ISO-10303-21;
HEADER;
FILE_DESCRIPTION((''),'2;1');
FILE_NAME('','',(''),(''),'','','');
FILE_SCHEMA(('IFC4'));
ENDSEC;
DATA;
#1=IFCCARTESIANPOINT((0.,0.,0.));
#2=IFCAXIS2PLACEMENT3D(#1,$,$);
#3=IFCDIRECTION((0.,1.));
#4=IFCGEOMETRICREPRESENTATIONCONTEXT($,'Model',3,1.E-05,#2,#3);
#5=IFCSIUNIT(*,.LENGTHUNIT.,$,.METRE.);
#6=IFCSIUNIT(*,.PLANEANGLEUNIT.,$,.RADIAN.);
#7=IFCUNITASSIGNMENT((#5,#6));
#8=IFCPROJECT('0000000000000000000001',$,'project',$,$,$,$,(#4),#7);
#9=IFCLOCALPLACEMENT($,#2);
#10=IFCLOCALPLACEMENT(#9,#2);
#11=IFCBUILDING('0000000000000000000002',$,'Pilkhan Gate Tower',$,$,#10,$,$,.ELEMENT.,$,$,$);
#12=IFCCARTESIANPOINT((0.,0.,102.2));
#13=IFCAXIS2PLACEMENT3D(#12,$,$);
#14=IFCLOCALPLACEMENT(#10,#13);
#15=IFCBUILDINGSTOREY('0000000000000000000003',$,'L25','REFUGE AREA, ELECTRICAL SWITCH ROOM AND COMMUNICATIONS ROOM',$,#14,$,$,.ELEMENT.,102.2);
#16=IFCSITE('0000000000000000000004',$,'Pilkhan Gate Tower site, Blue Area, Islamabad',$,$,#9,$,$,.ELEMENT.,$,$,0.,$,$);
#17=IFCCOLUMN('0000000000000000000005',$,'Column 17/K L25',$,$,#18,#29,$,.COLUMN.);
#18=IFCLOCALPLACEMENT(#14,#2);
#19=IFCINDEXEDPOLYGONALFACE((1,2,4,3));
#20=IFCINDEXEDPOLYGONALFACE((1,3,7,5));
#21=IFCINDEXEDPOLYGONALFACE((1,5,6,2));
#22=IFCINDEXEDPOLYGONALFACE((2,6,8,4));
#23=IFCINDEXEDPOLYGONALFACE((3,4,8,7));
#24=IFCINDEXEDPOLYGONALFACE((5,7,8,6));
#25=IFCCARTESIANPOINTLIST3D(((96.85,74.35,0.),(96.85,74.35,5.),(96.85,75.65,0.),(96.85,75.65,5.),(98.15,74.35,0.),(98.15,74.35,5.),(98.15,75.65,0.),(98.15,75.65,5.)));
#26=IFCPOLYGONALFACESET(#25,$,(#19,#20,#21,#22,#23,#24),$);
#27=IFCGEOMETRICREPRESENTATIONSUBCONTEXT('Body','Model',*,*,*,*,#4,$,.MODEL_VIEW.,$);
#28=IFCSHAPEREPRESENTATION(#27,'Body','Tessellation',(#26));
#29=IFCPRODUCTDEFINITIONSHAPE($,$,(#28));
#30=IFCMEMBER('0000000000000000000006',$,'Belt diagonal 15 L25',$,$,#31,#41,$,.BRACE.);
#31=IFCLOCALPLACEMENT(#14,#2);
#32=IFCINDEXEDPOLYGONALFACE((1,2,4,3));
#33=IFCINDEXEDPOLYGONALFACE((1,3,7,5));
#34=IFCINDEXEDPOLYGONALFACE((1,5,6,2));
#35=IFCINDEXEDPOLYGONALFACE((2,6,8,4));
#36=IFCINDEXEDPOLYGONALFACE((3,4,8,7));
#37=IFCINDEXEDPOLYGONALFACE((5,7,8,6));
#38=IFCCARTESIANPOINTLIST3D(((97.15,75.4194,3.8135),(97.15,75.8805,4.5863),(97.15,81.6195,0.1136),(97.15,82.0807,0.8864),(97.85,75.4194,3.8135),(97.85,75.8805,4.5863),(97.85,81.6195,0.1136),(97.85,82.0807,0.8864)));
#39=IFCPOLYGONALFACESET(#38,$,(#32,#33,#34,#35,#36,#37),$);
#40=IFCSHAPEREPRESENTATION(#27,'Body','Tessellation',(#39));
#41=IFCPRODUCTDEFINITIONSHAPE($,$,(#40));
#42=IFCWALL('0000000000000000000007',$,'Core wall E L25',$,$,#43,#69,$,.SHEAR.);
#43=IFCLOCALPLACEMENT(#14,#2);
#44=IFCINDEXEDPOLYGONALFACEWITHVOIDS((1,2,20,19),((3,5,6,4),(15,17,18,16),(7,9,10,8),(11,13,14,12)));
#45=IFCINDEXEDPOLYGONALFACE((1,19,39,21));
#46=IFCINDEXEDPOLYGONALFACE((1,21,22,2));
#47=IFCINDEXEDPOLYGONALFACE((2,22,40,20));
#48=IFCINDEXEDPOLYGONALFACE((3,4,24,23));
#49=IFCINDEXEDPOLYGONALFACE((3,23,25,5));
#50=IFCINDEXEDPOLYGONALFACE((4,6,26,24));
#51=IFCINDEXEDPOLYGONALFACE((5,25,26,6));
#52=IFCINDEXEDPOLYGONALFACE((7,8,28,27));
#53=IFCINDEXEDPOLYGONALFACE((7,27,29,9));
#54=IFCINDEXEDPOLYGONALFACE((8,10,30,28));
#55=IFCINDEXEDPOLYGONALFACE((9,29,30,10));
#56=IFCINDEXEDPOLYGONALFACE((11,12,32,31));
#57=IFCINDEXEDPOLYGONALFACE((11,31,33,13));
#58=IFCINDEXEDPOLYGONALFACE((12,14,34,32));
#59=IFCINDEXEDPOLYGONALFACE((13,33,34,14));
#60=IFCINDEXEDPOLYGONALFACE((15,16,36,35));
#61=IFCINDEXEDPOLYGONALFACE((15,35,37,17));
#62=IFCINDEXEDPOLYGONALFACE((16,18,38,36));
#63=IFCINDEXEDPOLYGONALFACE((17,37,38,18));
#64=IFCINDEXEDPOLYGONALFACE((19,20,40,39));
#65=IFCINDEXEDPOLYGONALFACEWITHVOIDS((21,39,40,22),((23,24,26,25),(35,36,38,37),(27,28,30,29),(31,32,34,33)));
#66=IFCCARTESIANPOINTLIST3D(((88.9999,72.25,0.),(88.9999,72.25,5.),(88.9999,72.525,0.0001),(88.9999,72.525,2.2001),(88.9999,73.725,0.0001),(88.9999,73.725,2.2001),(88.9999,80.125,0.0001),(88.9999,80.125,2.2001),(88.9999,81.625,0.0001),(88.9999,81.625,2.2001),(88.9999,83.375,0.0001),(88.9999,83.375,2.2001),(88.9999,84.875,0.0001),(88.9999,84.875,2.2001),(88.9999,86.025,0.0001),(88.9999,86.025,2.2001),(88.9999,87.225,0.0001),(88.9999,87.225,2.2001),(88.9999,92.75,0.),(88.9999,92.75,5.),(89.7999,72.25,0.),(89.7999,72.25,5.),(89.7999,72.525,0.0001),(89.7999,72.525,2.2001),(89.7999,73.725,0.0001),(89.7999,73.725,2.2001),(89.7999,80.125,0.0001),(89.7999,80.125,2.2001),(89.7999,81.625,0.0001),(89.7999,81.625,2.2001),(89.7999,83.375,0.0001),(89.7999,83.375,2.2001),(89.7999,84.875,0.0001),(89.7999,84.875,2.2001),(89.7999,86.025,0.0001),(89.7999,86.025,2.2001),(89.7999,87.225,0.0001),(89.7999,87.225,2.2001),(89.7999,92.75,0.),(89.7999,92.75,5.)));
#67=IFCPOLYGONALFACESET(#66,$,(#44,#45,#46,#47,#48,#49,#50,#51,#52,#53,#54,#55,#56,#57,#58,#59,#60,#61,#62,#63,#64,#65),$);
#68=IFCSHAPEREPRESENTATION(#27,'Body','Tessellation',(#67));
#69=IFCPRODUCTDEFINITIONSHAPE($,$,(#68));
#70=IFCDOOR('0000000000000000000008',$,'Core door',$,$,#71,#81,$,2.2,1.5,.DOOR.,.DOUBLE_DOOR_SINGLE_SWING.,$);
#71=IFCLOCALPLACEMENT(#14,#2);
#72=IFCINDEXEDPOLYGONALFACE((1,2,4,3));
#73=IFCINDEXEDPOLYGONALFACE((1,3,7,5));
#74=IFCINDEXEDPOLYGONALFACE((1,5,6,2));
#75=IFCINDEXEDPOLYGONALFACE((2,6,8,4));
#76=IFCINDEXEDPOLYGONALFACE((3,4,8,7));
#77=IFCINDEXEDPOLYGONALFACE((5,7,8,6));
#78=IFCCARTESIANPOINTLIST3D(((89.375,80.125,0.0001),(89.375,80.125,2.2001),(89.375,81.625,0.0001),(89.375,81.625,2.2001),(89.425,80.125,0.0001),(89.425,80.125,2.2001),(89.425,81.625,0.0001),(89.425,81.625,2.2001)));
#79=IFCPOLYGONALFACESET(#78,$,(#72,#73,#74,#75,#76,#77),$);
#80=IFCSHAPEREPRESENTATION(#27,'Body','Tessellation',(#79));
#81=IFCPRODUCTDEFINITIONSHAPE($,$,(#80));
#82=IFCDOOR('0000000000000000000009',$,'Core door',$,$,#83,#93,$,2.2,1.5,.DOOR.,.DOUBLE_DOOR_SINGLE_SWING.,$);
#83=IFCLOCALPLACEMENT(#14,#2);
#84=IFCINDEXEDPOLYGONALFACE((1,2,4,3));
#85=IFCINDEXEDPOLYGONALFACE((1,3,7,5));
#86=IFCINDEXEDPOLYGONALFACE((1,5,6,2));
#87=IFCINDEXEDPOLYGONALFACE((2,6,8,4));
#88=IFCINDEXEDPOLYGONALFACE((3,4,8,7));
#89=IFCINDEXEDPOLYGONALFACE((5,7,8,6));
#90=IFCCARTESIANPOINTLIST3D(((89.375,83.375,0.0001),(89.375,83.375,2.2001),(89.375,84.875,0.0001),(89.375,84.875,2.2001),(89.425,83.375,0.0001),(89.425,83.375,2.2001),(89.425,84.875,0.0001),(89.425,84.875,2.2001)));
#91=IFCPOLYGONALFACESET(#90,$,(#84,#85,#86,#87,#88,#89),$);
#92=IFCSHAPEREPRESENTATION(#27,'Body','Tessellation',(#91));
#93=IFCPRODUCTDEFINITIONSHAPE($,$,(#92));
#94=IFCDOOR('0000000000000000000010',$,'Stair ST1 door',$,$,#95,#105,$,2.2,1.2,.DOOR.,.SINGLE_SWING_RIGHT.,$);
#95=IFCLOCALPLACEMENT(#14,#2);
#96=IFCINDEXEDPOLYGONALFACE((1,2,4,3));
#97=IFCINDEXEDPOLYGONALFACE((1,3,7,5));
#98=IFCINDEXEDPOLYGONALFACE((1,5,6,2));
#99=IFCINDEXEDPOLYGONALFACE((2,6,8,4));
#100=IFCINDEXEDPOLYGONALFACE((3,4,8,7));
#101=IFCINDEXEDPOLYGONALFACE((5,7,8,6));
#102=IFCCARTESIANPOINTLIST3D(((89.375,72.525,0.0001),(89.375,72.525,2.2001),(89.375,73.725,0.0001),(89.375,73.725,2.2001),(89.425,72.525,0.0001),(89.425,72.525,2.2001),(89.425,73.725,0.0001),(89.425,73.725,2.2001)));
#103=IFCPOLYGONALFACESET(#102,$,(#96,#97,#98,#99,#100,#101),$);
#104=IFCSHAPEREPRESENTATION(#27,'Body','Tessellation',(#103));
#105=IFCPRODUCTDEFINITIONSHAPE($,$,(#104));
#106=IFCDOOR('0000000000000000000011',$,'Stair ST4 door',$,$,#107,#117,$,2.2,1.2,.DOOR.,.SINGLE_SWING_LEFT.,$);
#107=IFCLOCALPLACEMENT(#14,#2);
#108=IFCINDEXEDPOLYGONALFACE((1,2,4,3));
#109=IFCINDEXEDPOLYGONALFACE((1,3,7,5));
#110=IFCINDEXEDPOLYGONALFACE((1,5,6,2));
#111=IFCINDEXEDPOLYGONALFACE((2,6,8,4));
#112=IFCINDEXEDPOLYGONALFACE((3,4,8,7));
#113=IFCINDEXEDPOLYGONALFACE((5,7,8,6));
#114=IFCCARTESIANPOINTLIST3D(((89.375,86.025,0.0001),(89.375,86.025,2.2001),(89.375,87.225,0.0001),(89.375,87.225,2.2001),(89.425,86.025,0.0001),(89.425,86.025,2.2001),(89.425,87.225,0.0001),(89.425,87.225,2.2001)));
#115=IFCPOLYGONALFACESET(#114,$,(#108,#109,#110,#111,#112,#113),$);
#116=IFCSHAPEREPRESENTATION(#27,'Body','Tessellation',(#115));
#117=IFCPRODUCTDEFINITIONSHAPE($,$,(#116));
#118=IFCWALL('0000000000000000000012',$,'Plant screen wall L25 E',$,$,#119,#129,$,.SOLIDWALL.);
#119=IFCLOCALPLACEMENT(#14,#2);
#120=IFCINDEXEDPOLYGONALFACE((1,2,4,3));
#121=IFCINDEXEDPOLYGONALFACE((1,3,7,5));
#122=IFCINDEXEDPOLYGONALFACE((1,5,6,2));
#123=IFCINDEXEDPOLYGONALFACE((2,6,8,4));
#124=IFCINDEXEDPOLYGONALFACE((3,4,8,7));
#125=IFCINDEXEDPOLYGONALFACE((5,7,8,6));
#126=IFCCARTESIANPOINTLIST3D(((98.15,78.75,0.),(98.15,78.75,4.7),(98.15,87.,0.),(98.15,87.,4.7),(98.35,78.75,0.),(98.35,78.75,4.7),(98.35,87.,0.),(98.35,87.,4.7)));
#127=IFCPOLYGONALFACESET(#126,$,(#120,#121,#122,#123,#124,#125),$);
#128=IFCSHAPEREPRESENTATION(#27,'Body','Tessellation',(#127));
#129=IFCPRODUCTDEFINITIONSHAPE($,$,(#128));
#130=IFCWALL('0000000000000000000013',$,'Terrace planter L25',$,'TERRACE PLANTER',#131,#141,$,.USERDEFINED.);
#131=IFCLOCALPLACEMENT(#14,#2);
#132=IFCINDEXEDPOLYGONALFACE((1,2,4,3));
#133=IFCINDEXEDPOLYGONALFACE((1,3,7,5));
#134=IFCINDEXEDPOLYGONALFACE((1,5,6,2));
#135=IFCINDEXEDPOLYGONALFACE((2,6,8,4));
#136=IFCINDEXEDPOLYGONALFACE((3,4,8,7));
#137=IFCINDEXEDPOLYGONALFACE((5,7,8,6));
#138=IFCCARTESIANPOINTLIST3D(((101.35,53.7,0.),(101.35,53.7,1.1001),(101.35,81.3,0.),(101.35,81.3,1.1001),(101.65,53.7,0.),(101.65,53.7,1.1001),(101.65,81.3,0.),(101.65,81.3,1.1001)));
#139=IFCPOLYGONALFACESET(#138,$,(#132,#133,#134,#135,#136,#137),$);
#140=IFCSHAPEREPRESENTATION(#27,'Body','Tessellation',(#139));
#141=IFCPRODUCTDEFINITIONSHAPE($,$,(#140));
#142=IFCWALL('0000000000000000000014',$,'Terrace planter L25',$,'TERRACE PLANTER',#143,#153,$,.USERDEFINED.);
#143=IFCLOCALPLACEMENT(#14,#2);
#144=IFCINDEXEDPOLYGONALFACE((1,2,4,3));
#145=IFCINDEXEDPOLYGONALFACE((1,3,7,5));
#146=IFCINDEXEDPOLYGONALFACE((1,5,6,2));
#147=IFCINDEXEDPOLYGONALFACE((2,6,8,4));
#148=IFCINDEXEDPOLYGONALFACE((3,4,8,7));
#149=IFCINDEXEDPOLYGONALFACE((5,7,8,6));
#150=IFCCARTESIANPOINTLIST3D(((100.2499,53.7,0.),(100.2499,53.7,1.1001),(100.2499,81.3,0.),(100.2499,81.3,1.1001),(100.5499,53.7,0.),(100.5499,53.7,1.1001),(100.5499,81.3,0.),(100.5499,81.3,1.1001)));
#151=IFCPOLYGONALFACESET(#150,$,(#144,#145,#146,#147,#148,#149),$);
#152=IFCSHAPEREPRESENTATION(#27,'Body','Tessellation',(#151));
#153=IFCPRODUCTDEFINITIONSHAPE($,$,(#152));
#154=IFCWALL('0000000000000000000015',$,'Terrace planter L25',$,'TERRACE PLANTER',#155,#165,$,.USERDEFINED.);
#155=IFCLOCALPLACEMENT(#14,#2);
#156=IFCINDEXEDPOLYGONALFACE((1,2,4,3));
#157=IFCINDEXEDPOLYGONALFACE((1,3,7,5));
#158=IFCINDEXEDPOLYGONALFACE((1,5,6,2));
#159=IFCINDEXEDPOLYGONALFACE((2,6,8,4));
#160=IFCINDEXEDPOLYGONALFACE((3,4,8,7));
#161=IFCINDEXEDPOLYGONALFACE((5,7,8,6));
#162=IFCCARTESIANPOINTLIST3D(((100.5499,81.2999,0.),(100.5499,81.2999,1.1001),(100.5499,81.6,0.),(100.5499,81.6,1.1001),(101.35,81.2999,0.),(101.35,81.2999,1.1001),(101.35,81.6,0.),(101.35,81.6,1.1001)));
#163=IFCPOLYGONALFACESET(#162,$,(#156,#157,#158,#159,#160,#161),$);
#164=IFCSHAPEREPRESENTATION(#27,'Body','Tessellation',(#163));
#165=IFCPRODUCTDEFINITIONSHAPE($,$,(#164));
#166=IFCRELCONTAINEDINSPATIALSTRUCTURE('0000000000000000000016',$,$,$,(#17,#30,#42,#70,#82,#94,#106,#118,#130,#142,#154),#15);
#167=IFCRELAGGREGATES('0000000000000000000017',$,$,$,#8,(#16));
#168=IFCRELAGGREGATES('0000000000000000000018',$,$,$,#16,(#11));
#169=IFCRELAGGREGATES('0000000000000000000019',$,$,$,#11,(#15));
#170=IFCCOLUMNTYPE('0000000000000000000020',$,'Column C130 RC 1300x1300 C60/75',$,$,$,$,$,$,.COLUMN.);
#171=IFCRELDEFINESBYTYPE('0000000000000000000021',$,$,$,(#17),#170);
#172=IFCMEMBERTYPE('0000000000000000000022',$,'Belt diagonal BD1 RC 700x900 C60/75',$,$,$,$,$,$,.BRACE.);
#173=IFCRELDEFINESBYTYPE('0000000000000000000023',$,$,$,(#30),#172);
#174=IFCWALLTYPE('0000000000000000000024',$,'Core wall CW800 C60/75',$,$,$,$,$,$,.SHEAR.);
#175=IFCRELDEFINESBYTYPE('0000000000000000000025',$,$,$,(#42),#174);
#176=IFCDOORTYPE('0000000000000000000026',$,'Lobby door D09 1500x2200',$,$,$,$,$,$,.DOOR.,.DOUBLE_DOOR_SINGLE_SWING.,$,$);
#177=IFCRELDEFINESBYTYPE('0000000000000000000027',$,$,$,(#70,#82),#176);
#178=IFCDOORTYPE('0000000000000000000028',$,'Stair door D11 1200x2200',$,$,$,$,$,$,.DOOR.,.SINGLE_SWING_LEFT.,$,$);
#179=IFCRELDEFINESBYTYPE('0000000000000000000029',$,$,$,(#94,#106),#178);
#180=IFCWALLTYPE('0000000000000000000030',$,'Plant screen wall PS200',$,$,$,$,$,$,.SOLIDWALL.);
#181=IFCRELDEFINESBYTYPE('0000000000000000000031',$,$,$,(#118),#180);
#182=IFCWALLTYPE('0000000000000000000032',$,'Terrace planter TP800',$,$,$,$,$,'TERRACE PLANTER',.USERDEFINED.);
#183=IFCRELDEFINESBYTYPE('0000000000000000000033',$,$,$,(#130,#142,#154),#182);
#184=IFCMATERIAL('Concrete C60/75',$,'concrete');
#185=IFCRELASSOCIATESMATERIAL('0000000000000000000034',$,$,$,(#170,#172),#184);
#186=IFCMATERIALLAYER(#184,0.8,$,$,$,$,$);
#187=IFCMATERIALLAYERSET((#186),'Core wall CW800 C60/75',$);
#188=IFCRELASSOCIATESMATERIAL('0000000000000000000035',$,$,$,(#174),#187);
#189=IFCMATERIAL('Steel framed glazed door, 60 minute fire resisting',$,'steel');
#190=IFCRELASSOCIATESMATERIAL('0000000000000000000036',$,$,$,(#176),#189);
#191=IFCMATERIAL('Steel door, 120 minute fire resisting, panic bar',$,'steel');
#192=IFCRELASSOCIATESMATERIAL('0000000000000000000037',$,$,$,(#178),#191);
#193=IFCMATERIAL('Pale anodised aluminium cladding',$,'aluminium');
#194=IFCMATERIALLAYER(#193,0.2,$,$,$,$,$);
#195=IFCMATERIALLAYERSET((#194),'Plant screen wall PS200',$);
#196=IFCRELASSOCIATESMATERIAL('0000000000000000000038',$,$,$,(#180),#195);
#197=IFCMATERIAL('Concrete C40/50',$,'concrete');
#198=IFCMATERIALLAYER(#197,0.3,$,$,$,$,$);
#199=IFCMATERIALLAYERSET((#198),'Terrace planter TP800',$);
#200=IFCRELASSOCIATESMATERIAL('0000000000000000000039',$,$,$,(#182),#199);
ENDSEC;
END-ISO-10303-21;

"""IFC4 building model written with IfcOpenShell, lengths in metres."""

from ifc_helpers import new_model, si_unit, direction, frame, frame_2d, origin, origin_2d, place, context, subcontext, project, spatial, rectangle, extrude, material, layer, layer_set, material_profile, profile_set, type_object, element, fill, save


model = new_model("IFC4")

# Units and contexts
model_context = context("Model", 3, precision=1e-05, world=origin(), true_north=direction((0.0, 1.0)))
body_context = subcontext(model_context, "Body", "Model", "MODEL_VIEW")
ifc_project = project(units=[si_unit("LENGTHUNIT", "METRE"), si_unit("PLANEANGLEUNIT", "RADIAN")], contexts=[model_context])

# Site, building, storey
site_placement = place(None, origin())
site = spatial("IfcSite", under=ifc_project, at=site_placement, Name="Pilkhan Gate Tower site, Blue Area, Islamabad", CompositionType="ELEMENT", RefElevation=0.0)
building_placement = place(site_placement, origin())
building = spatial("IfcBuilding", under=site, at=building_placement, Name="Pilkhan Gate Tower", CompositionType="ELEMENT")
storey_placement = place(building_placement, frame((0.0, 0.0, 102.2)))
storey = spatial("IfcBuildingStorey", under=building, at=storey_placement, Name="L25", Description="REFUGE AREA, ELECTRICAL SWITCH ROOM AND COMMUNICATIONS ROOM", CompositionType="ELEMENT", Elevation=102.2)

# Column
ifc_material_1 = material(Name="Concrete C60/75", Category="concrete")
ifc_material_profile_1 = material_profile(ifc_material_1, rectangle(XDim=1.3, YDim=1.3, at=origin_2d()), Name="RC 1300x1300")
ifc_profile_set_1 = profile_set([ifc_material_profile_1], Name="Concrete C60/75")
column_type = type_object("IfcColumnType", Name="Column C130 RC 1300x1300 C60/75", PredefinedType="COLUMN", material=ifc_profile_set_1)
column_placement = place(storey_placement, frame((97.5, 75.0, 0.0), z_axis=(0.0, 0.0, 1.0), x_axis=(1.0, 0.0, 0.0)))
element("IfcColumn", 1, at=column_placement, inside=storey, type_object=column_type, Name="Column 17/K L25", PredefinedType="COLUMN", context=body_context, shape_type="SweptSolid", body=[
    extrude(rectangle(XDim=1.3, YDim=1.3, at=origin_2d()), origin(), (0.0, 0.0, 1.0), 5.0),
])

# Member
ifc_material_profile_2 = material_profile(ifc_material_1, rectangle(XDim=0.7, YDim=0.8999, at=origin_2d()), Name="RC 700x900")
ifc_profile_set_2 = profile_set([ifc_material_profile_2], Name="Concrete C60/75")
member_type = type_object("IfcMemberType", Name="Belt diagonal BD1 RC 700x900 C60/75", PredefinedType="BRACE", material=ifc_profile_set_2)
member_placement = place(storey_placement, frame((97.5, 81.8501, 0.5), z_axis=(0.0, -0.858723, 0.512441), x_axis=(1.0, 0.0, 0.0)))
element("IfcMember", 2, at=member_placement, inside=storey, type_object=member_type, Name="Belt diagonal 15 L25", PredefinedType="BRACE", context=body_context, shape_type="SweptSolid", body=[
    extrude(rectangle(XDim=0.7, YDim=0.8999, at=origin_2d()), origin(), (0.0, 0.0, 1.0), 7.2202),
])

# Wall, openings, doors
ifc_layer_1 = layer(ifc_material_1, 0.8)
ifc_layer_set_1 = layer_set([ifc_layer_1], Name="Core wall CW800 C60/75")
wall_type_1 = type_object("IfcWallType", Name="Core wall CW800 C60/75", PredefinedType="SHEAR", material=ifc_layer_set_1)
wall_1_placement = place(storey_placement, frame((89.3999, 72.25, 0.0), z_axis=(0.0, 0.0, 1.0), x_axis=(0.0, 1.0, 0.0)))
wall_1 = element("IfcWall", 3, at=wall_1_placement, inside=storey, type_object=wall_type_1, Name="Core wall E L25", PredefinedType="SHEAR", context=body_context, shape_type="SweptSolid", body=[
    extrude(rectangle(XDim=20.5, YDim=0.8, at=frame_2d((10.25, 0.0))), origin(), (0.0, 0.0, 1.0), 5.0),
])
opening_1_placement = place(wall_1_placement, frame((0.2749, 0.0, 0.0)))
opening_1 = element("IfcOpeningElement", 4, at=opening_1_placement, cuts=wall_1, PredefinedType="OPENING", context=body_context, shape_type="SweptSolid", body=[
    extrude(rectangle(XDim=1.2, YDim=2.2, at=frame_2d((0.6001, 1.1001))), frame((0.0, 0.4099, 0.0), z_axis=(0.0, -1.0, 0.0), x_axis=(1.0, 0.0, 0.0)), (0.0, 0.0, 1.0), 0.8201),
])
opening_2_placement = place(wall_1_placement, frame((13.7749, 0.0, 0.0)))
opening_2 = element("IfcOpeningElement", 5, at=opening_2_placement, cuts=wall_1, PredefinedType="OPENING", context=body_context, shape_type="SweptSolid", body=[
    extrude(rectangle(XDim=1.2, YDim=2.2, at=frame_2d((0.6001, 1.1001))), frame((0.0, 0.4099, 0.0), z_axis=(0.0, -1.0, 0.0), x_axis=(1.0, 0.0, 0.0)), (0.0, 0.0, 1.0), 0.8201),
])
opening_3_placement = place(wall_1_placement, frame((7.875, 0.0, 0.0)))
opening_3 = element("IfcOpeningElement", 6, at=opening_3_placement, cuts=wall_1, PredefinedType="OPENING", context=body_context, shape_type="SweptSolid", body=[
    extrude(rectangle(XDim=1.5, YDim=2.2, at=frame_2d((0.75, 1.1001))), frame((0.0, 0.4099, 0.0), z_axis=(0.0, -1.0, 0.0), x_axis=(1.0, 0.0, 0.0)), (0.0, 0.0, 1.0), 0.8201),
])
opening_4_placement = place(wall_1_placement, frame((11.125, 0.0, 0.0)))
opening_4 = element("IfcOpeningElement", 7, at=opening_4_placement, cuts=wall_1, PredefinedType="OPENING", context=body_context, shape_type="SweptSolid", body=[
    extrude(rectangle(XDim=1.5, YDim=2.2, at=frame_2d((0.75, 1.1001))), frame((0.0, 0.4099, 0.0), z_axis=(0.0, -1.0, 0.0), x_axis=(1.0, 0.0, 0.0)), (0.0, 0.0, 1.0), 0.8201),
])
ifc_material_2 = material(Name="Steel framed glazed door, 60 minute fire resisting", Category="steel")
door_type_1 = type_object("IfcDoorType", Name="Lobby door D09 1500x2200", OperationType="DOUBLE_DOOR_SINGLE_SWING", PredefinedType="DOOR", material=ifc_material_2)
door_1_placement = place(opening_3_placement, origin())
door_1 = element("IfcDoor", 8, at=door_1_placement, inside=storey, type_object=door_type_1, Name="Core door", OperationType="DOUBLE_DOOR_SINGLE_SWING", OverallHeight=2.2, OverallWidth=1.5, PredefinedType="DOOR", context=body_context, shape_type="SweptSolid", body=[
    extrude(rectangle(XDim=1.5, YDim=2.2, at=frame_2d((0.75, 1.1001))), frame((0.0, 0.0249, 0.0), z_axis=(0.0, -1.0, 0.0), x_axis=(1.0, 0.0, 0.0)), (0.0, 0.0, 1.0), 0.05),
])
fill(opening_3, door_1)
door_2_placement = place(opening_4_placement, origin())
door_2 = element("IfcDoor", 9, at=door_2_placement, inside=storey, type_object=door_type_1, Name="Core door", OperationType="DOUBLE_DOOR_SINGLE_SWING", OverallHeight=2.2, OverallWidth=1.5, PredefinedType="DOOR", context=body_context, shape_type="SweptSolid", body=[
    extrude(rectangle(XDim=1.5, YDim=2.2, at=frame_2d((0.75, 1.1001))), frame((0.0, 0.0249, 0.0), z_axis=(0.0, -1.0, 0.0), x_axis=(1.0, 0.0, 0.0)), (0.0, 0.0, 1.0), 0.05),
])
fill(opening_4, door_2)
ifc_material_3 = material(Name="Steel door, 120 minute fire resisting, panic bar", Category="steel")
door_type_2 = type_object("IfcDoorType", Name="Stair door D11 1200x2200", OperationType="SINGLE_SWING_LEFT", PredefinedType="DOOR", material=ifc_material_3)
door_3_placement = place(opening_1_placement, origin())
door_3 = element("IfcDoor", 10, at=door_3_placement, inside=storey, type_object=door_type_2, Name="Stair ST1 door", OperationType="SINGLE_SWING_RIGHT", OverallHeight=2.2, OverallWidth=1.2, PredefinedType="DOOR", context=body_context, shape_type="SweptSolid", body=[
    extrude(rectangle(XDim=1.2, YDim=2.2, at=frame_2d((0.6001, 1.1001))), frame((0.0, 0.0249, 0.0), z_axis=(0.0, -1.0, 0.0), x_axis=(1.0, 0.0, 0.0)), (0.0, 0.0, 1.0), 0.05),
])
fill(opening_1, door_3)
door_4_placement = place(opening_2_placement, origin())
door_4 = element("IfcDoor", 11, at=door_4_placement, inside=storey, type_object=door_type_2, Name="Stair ST4 door", OperationType="SINGLE_SWING_LEFT", OverallHeight=2.2, OverallWidth=1.2, PredefinedType="DOOR", context=body_context, shape_type="SweptSolid", body=[
    extrude(rectangle(XDim=1.2, YDim=2.2, at=frame_2d((0.6001, 1.1001))), frame((0.0, 0.0249, 0.0), z_axis=(0.0, -1.0, 0.0), x_axis=(1.0, 0.0, 0.0)), (0.0, 0.0, 1.0), 0.05),
])
fill(opening_2, door_4)

# Shared definitions
ifc_material_4 = material(Name="Pale anodised aluminium cladding", Category="aluminium")
ifc_layer_2 = layer(ifc_material_4, 0.2)
ifc_layer_set_2 = layer_set([ifc_layer_2], Name="Plant screen wall PS200")
wall_type_2 = type_object("IfcWallType", Name="Plant screen wall PS200", PredefinedType="SOLIDWALL", material=ifc_layer_set_2)

# Walls
wall_2_placement = place(storey_placement, frame((98.25, 78.75, 0.0), z_axis=(0.0, 0.0, 1.0), x_axis=(0.0, 1.0, 0.0)))
element("IfcWall", 12, at=wall_2_placement, inside=storey, type_object=wall_type_2, Name="Plant screen wall L25 E", PredefinedType="SOLIDWALL", context=body_context, shape_type="SweptSolid", body=[
    extrude(rectangle(XDim=8.25, YDim=0.2, at=frame_2d((4.125, 0.0))), origin(), (0.0, 0.0, 1.0), 4.7),
])
ifc_material_5 = material(Name="Concrete C40/50", Category="concrete")
ifc_layer_3 = layer(ifc_material_5, 0.3)
ifc_layer_set_3 = layer_set([ifc_layer_3], Name="Terrace planter TP800")
wall_type_3 = type_object("IfcWallType", Name="Terrace planter TP800", ElementType="TERRACE PLANTER", PredefinedType="USERDEFINED", material=ifc_layer_set_3)
for number, where, z_axis, x_axis, name in (
    (13, (101.5, 81.3, 0.0), (0.0, 0.0, 1.0), (0.0, -1.0, 0.0), "Terrace planter L25"),
    (14, (100.3999, 81.3, 0.0), (0.0, 0.0, 1.0), (0.0, -1.0, 0.0), "Terrace planter L25"),
):
    element("IfcWall", number, at=place(storey_placement, frame(where, z_axis=z_axis, x_axis=x_axis)), inside=storey, type_object=wall_type_3, Name=name, ObjectType="TERRACE PLANTER", PredefinedType="USERDEFINED", context=body_context, shape_type="SweptSolid", body=[
        extrude(rectangle(XDim=27.6001, YDim=0.3, at=frame_2d((13.8, 0.0))), origin(), (0.0, 0.0, 1.0), 1.1001),
    ])
wall_3_placement = place(storey_placement, frame((100.55, 81.45, 0.0), z_axis=(0.0, 0.0, 1.0), x_axis=(1.0, 0.0, 0.0)))
element("IfcWall", 15, at=wall_3_placement, inside=storey, type_object=wall_type_3, Name="Terrace planter L25", ObjectType="TERRACE PLANTER", PredefinedType="USERDEFINED", context=body_context, shape_type="SweptSolid", body=[
    extrude(rectangle(XDim=0.8, YDim=0.3, at=frame_2d((0.3999, 0.0))), origin(), (0.0, 0.0, 1.0), 1.1001),
])

save(model, "model.ifc")
